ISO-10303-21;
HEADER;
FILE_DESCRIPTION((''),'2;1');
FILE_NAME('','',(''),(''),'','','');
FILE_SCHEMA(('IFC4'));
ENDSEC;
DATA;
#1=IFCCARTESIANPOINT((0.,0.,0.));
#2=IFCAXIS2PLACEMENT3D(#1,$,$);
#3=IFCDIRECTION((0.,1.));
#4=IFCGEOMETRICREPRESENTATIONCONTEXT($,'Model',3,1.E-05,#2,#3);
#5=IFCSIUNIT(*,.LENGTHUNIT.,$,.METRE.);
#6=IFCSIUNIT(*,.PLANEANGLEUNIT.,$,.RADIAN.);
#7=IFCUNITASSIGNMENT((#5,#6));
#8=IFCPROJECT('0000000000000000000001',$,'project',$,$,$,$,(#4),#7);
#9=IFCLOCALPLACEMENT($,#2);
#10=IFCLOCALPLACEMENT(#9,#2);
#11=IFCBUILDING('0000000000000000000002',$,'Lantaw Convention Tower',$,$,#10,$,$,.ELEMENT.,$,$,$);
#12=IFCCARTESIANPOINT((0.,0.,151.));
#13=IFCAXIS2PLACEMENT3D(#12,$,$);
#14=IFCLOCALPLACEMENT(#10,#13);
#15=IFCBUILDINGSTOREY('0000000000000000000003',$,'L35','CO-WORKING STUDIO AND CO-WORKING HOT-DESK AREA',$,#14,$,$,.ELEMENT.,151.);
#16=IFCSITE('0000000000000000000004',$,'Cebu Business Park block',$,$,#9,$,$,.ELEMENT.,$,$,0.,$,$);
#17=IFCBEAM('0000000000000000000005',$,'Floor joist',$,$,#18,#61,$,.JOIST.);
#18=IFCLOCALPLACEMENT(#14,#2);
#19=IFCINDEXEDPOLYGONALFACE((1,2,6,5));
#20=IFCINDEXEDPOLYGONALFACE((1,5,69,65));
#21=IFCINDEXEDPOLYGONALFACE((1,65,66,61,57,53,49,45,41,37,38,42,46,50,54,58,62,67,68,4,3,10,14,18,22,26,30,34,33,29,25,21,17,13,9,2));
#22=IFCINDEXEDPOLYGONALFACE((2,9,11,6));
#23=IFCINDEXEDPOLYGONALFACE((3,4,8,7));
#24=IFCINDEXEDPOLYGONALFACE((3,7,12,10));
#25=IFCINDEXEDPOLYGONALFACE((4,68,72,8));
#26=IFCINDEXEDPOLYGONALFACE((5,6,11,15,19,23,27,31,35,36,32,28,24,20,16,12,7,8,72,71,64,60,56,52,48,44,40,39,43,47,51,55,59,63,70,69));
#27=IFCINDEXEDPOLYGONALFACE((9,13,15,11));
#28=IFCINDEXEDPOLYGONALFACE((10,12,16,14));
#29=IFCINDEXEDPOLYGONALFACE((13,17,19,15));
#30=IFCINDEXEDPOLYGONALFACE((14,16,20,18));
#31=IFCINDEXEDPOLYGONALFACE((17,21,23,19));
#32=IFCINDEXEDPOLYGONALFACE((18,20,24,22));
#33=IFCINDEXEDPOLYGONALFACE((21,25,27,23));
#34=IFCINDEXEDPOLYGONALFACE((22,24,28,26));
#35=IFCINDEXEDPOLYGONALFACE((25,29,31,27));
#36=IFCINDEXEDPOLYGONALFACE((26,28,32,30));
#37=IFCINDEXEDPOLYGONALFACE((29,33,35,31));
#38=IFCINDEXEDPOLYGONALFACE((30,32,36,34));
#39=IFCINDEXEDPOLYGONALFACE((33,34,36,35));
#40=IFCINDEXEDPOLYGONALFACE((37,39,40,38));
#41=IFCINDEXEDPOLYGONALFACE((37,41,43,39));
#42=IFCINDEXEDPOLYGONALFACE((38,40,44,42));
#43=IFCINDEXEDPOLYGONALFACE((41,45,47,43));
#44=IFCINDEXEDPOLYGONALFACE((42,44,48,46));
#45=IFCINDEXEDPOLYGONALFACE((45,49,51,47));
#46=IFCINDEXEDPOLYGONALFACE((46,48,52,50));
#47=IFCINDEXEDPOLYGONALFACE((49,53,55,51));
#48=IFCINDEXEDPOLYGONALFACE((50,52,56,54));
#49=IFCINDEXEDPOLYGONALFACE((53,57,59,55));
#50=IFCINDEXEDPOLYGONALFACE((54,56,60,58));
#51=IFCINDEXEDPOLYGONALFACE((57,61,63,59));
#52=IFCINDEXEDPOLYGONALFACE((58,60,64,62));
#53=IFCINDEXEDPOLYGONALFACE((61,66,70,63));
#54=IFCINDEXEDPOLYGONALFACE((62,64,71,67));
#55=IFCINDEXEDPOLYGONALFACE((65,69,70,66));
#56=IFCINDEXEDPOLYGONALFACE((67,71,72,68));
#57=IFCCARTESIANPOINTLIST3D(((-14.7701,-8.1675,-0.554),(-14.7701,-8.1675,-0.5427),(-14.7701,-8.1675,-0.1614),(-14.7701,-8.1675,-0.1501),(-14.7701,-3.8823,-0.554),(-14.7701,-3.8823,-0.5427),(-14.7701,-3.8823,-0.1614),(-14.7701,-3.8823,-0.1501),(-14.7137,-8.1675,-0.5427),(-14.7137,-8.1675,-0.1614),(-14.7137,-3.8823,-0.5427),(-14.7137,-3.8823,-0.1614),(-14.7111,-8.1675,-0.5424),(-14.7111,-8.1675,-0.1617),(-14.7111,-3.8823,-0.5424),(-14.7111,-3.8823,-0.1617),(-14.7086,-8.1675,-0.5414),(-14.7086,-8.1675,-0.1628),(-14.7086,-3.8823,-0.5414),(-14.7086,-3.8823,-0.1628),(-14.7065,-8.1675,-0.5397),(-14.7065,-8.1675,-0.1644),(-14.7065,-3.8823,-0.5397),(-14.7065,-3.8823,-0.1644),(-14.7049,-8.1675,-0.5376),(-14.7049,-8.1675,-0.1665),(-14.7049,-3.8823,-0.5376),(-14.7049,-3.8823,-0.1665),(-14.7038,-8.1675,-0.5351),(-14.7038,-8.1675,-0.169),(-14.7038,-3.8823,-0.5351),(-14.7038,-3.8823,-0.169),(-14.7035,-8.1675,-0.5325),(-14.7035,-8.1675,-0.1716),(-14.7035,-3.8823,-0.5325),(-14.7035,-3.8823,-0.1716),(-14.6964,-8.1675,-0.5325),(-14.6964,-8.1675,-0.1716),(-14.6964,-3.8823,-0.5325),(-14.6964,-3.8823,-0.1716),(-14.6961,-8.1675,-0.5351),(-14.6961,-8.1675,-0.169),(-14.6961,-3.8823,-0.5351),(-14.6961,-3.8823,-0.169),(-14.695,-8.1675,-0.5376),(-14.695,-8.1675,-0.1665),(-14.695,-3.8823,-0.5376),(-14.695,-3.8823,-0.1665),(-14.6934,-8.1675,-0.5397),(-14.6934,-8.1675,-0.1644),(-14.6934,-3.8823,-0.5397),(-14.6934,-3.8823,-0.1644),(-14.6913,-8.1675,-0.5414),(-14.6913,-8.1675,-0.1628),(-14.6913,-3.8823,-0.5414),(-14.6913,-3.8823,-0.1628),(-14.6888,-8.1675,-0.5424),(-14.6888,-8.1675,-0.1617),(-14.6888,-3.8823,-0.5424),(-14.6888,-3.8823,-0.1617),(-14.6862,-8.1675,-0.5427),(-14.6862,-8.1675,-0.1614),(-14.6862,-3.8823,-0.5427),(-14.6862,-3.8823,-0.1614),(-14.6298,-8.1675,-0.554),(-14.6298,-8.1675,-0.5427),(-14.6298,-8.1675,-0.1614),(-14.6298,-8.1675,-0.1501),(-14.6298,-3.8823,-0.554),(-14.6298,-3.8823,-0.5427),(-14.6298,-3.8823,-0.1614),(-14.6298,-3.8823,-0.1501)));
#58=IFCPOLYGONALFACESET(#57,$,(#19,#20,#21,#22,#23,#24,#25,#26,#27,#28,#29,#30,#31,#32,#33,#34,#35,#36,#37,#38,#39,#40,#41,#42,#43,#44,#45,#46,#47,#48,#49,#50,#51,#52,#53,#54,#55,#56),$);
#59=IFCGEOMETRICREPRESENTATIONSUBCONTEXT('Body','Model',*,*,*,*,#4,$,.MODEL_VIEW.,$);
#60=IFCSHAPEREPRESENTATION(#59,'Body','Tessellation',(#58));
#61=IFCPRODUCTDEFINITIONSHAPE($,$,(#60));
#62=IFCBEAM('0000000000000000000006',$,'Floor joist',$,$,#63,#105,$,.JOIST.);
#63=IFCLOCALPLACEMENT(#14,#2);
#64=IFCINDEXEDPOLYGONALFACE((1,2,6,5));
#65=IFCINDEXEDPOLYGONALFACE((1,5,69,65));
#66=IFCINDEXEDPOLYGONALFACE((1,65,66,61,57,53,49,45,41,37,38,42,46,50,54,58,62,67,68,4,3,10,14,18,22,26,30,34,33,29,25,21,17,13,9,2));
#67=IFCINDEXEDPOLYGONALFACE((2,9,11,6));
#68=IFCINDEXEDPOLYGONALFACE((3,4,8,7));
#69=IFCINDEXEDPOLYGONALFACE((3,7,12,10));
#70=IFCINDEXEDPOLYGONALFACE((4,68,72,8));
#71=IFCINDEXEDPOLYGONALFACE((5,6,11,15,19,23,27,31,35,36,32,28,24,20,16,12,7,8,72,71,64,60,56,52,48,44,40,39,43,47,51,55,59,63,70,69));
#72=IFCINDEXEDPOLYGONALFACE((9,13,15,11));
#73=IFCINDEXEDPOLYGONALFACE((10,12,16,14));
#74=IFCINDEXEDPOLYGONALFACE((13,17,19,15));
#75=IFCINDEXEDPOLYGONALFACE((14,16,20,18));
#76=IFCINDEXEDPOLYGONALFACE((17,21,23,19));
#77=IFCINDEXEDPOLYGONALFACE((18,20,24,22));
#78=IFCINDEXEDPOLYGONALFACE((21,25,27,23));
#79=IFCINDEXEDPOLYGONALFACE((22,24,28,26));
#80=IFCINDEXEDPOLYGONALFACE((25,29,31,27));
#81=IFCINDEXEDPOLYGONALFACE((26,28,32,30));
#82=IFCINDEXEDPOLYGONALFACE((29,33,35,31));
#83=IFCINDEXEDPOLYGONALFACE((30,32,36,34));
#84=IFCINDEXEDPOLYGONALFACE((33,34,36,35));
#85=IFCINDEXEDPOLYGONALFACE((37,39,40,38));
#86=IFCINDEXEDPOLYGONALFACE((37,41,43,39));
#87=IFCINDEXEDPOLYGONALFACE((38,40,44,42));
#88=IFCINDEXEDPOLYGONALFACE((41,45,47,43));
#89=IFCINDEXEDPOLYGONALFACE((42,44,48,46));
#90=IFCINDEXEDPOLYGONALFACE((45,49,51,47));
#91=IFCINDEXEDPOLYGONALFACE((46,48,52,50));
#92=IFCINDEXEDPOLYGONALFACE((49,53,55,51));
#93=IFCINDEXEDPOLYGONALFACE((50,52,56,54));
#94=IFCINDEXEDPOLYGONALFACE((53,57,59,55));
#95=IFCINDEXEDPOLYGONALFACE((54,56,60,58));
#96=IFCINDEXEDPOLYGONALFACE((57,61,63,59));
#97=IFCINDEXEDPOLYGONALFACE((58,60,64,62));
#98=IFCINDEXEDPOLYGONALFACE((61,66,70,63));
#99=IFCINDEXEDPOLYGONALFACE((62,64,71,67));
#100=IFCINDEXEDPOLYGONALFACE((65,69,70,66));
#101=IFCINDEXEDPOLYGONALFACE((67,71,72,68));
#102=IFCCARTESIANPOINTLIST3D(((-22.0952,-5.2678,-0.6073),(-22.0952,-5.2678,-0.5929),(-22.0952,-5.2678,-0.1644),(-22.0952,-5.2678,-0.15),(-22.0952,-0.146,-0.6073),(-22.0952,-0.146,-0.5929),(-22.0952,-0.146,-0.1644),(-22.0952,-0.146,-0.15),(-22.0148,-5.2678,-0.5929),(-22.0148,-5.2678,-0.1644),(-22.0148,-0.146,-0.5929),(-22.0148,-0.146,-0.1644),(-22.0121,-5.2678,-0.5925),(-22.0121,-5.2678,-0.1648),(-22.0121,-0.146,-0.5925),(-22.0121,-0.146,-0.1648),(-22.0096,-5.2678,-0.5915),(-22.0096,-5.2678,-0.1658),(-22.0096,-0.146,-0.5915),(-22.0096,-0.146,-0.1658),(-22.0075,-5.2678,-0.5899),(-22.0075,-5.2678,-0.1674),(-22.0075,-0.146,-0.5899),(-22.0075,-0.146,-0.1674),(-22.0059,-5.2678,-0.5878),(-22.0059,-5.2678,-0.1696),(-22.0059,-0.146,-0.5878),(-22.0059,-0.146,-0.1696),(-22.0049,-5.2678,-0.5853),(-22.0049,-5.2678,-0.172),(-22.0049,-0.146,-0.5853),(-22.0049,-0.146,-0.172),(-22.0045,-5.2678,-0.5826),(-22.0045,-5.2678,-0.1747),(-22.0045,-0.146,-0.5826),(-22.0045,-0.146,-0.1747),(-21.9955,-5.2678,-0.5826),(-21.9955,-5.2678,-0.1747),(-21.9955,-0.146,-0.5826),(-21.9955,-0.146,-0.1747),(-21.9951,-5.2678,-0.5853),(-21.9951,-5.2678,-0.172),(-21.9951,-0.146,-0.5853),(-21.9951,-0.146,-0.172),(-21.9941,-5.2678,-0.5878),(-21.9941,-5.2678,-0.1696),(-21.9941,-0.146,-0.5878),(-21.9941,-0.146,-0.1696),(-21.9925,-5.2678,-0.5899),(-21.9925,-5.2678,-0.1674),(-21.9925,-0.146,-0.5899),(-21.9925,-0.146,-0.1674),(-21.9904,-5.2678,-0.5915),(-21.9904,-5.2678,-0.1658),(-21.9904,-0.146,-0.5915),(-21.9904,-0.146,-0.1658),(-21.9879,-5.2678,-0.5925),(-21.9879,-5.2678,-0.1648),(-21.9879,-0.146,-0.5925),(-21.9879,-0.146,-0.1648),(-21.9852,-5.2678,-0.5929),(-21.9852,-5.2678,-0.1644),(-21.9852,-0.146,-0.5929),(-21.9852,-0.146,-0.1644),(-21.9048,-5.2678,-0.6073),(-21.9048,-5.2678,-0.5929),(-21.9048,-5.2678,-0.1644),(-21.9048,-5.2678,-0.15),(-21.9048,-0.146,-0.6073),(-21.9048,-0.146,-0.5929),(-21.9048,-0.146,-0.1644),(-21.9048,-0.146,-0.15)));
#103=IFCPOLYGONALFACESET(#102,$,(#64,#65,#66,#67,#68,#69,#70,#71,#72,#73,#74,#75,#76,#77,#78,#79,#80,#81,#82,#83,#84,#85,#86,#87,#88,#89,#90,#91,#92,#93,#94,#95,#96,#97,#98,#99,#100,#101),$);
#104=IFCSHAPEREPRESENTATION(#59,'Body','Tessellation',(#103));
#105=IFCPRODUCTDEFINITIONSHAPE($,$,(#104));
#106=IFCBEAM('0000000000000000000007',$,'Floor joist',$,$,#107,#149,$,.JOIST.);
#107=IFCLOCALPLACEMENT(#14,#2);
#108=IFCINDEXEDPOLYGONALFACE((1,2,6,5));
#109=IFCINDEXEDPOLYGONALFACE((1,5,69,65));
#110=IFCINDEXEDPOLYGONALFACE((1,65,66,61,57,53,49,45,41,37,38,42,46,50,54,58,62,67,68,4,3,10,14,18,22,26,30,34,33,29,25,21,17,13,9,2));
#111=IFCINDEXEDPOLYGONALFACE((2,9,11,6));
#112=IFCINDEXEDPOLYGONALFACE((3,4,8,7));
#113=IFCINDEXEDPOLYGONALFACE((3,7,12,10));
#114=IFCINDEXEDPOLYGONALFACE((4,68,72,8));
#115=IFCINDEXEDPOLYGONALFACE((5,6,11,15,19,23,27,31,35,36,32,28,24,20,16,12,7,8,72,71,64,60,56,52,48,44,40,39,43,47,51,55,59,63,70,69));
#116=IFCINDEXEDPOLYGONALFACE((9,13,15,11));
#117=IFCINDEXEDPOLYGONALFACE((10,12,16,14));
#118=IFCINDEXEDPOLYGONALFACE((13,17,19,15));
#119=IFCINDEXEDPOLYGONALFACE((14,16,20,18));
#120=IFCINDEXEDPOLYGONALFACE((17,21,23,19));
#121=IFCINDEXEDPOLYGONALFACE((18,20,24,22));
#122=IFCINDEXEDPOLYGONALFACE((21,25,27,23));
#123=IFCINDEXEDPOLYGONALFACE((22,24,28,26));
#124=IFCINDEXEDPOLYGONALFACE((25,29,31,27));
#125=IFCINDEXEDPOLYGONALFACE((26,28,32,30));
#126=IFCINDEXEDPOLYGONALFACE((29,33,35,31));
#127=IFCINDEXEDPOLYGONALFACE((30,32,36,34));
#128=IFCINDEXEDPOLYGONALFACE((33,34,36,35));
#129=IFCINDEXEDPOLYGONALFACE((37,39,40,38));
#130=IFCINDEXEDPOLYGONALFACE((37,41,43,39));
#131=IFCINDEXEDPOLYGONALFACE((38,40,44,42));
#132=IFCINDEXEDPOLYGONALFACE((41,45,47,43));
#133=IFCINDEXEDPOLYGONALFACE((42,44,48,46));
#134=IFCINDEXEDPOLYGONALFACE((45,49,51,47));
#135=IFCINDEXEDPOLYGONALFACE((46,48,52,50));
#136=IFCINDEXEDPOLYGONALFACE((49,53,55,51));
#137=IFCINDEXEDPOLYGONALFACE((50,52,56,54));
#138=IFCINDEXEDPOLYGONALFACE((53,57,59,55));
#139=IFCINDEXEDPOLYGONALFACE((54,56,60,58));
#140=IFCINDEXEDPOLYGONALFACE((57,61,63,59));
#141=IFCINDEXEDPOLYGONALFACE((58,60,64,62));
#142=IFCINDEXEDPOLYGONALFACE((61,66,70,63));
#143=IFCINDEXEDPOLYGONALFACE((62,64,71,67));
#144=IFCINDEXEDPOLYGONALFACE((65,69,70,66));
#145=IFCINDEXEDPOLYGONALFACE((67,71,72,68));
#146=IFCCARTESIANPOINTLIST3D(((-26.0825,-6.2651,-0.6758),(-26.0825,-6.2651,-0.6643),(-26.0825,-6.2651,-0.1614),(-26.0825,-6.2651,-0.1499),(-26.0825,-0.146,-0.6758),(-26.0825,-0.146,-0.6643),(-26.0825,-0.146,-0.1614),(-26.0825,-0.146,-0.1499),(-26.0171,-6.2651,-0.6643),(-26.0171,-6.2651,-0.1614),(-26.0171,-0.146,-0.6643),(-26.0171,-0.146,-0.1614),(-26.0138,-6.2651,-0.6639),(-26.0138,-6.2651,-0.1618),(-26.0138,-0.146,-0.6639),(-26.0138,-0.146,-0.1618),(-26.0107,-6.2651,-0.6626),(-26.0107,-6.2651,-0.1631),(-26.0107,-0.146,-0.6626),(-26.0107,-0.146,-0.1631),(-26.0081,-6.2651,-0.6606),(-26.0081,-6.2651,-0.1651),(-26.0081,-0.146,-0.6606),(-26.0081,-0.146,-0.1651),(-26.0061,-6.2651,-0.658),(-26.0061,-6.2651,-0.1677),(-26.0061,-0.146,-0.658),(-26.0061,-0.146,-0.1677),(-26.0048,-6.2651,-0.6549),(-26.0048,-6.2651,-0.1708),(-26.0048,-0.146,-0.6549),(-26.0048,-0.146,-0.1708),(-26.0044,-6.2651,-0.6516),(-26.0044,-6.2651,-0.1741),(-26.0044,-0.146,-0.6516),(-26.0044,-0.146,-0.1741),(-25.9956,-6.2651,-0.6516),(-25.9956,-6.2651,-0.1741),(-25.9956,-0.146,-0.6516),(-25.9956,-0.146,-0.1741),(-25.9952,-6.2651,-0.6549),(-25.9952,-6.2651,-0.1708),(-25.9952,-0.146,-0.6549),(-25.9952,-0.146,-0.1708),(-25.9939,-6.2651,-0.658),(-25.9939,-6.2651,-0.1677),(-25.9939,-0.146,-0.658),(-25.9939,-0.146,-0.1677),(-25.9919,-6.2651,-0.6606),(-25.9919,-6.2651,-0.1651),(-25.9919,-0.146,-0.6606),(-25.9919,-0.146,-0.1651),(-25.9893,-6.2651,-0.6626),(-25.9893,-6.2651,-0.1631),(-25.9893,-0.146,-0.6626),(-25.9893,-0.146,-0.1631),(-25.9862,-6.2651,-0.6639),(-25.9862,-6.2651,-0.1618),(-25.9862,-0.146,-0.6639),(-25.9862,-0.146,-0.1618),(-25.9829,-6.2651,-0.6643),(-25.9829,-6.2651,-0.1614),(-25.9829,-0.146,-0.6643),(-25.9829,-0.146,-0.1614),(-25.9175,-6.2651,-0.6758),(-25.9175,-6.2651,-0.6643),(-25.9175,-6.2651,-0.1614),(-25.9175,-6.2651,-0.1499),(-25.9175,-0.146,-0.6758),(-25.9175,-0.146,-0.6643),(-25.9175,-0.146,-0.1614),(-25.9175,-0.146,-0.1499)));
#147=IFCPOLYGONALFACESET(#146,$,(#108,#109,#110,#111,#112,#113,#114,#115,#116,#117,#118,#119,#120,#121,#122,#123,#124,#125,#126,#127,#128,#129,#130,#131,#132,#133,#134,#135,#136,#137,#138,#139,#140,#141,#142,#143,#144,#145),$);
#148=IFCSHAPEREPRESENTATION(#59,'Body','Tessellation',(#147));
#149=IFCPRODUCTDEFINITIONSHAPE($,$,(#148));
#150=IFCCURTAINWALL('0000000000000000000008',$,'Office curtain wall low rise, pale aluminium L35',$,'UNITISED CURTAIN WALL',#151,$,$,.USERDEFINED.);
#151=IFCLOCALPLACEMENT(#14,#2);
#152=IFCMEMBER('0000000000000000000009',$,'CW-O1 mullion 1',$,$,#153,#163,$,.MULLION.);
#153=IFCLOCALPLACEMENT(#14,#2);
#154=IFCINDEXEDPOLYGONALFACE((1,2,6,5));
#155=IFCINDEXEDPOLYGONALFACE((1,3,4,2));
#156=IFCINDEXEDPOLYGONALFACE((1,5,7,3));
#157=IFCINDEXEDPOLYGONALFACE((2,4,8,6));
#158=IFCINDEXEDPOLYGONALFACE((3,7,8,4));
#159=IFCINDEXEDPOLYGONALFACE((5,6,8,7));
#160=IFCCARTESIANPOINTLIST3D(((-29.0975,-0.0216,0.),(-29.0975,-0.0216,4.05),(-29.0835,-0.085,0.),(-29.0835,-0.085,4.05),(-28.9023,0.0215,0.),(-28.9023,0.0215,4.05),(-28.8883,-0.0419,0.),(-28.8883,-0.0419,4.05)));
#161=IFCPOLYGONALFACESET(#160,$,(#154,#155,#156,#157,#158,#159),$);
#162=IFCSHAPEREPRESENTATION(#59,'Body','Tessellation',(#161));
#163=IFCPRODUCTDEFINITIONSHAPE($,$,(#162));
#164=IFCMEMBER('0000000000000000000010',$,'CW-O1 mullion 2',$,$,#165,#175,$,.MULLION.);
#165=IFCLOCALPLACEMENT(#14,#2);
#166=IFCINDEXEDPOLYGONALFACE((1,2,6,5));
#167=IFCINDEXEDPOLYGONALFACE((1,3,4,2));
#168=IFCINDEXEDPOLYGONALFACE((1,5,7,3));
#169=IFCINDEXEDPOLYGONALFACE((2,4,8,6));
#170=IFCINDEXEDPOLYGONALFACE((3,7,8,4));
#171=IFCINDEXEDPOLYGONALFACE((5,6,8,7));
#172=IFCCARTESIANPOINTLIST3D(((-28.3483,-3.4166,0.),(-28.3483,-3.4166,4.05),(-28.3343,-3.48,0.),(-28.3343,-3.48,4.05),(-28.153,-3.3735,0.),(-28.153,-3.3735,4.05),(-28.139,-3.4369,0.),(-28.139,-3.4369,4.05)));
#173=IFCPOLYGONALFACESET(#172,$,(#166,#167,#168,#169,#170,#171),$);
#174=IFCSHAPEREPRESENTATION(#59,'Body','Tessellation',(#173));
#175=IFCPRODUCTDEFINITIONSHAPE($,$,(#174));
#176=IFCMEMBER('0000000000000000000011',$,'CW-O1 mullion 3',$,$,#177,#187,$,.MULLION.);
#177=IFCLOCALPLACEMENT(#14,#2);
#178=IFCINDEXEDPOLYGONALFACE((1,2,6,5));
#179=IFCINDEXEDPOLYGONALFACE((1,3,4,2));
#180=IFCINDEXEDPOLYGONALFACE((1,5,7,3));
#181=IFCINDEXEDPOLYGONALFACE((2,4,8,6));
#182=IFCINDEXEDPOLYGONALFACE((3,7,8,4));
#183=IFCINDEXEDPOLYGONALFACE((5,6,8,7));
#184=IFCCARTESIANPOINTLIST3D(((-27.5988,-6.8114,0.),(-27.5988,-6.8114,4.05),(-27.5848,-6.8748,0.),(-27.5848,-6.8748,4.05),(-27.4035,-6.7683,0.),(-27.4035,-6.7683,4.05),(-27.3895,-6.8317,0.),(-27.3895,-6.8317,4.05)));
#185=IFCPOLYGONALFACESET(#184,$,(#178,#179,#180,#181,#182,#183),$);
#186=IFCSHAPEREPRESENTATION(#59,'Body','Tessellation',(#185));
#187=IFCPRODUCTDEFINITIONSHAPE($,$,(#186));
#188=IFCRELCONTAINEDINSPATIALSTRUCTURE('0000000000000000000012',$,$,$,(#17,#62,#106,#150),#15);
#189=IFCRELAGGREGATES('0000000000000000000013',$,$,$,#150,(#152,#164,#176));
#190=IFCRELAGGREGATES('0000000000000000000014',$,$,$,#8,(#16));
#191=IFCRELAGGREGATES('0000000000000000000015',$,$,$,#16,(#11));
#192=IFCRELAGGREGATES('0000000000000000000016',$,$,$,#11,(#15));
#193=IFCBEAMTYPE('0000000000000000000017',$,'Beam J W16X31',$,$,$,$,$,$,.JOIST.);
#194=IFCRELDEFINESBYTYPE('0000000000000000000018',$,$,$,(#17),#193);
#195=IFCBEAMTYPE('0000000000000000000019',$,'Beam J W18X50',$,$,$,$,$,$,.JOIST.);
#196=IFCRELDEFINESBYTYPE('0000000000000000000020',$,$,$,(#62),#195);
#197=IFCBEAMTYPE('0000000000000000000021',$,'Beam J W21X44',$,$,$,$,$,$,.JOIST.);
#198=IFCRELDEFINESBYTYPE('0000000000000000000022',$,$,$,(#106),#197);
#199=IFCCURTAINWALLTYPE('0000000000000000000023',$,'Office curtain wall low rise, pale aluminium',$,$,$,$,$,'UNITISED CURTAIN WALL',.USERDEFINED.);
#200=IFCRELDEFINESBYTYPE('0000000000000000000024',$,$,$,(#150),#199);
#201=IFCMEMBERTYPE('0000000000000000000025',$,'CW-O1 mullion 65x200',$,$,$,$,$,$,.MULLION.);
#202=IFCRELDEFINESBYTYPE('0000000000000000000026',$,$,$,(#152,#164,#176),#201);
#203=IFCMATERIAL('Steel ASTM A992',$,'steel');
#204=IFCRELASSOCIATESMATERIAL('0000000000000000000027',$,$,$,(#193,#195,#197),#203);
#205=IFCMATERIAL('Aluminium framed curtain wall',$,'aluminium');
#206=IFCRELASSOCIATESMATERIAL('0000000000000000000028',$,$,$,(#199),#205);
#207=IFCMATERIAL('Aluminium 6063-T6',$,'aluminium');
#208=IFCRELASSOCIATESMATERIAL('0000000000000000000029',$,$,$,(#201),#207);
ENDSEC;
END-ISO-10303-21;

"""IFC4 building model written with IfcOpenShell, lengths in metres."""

from ifc_helpers import new_model, si_unit, direction, frame, origin, origin_2d, place, context, subcontext, project, spatial, rectangle, i_section, extrude, material, material_profile, profile_set, type_object, element, aggregate, save


model = new_model("IFC4")

# Units and contexts
model_context = context("Model", 3, precision=1e-05, world=origin(), true_north=direction((0.0, 1.0)))
body_context = subcontext(model_context, "Body", "Model", "MODEL_VIEW")
ifc_project = project(units=[si_unit("LENGTHUNIT", "METRE"), si_unit("PLANEANGLEUNIT", "RADIAN")], contexts=[model_context])

# Site, building, storey
site_placement = place(None, origin())
site = spatial("IfcSite", under=ifc_project, at=site_placement, Name="Cebu Business Park block", CompositionType="ELEMENT", RefElevation=0.0)
building_placement = place(site_placement, origin())
building = spatial("IfcBuilding", under=site, at=building_placement, Name="Lantaw Convention Tower", CompositionType="ELEMENT")
storey_placement = place(building_placement, frame((0.0, 0.0, 151.0)))
storey = spatial("IfcBuildingStorey", under=building, at=storey_placement, Name="L35", Description="CO-WORKING STUDIO AND CO-WORKING HOT-DESK AREA", CompositionType="ELEMENT", Elevation=151.0)

# Beams
ifc_material_1 = material(Name="Steel ASTM A992", Category="steel")
ifc_material_profile_1 = material_profile(ifc_material_1, i_section(OverallWidth=0.1404, OverallDepth=0.4038, WebThickness=0.0071, FlangeThickness=0.0112, FilletRadius=0.0103, at=origin_2d()), Name="W16X31")
ifc_profile_set_1 = profile_set([ifc_material_profile_1], Name="Steel ASTM A992")
beam_type_1 = type_object("IfcBeamType", Name="Beam J W16X31", PredefinedType="JOIST", material=ifc_profile_set_1)
beam_1_placement = place(storey_placement, frame((-14.7, -8.1675, -0.3521), z_axis=(0.0, 1.0, 0.0), x_axis=(-1.0, 0.0, 0.0)))
element("IfcBeam", 1, at=beam_1_placement, inside=storey, type_object=beam_type_1, Name="Floor joist", PredefinedType="JOIST", context=body_context, shape_type="SweptSolid", body=[
    extrude(i_section(OverallWidth=0.1404, OverallDepth=0.4038, WebThickness=0.0071, FlangeThickness=0.0112, FilletRadius=0.0103, at=origin_2d()), origin(), (0.0, 0.0, 1.0), 4.2852),
])
ifc_material_profile_2 = material_profile(ifc_material_1, i_section(OverallWidth=0.1904, OverallDepth=0.4573, WebThickness=0.009, FlangeThickness=0.0144, FilletRadius=0.0103, at=origin_2d()), Name="W18X50")
ifc_profile_set_2 = profile_set([ifc_material_profile_2], Name="Steel ASTM A992")
beam_type_2 = type_object("IfcBeamType", Name="Beam J W18X50", PredefinedType="JOIST", material=ifc_profile_set_2)
beam_2_placement = place(storey_placement, frame((-22.0, -5.2678, -0.3787), z_axis=(0.0, 1.0, 0.0), x_axis=(-1.0, 0.0, 0.0)))
element("IfcBeam", 2, at=beam_2_placement, inside=storey, type_object=beam_type_2, Name="Floor joist", PredefinedType="JOIST", context=body_context, shape_type="SweptSolid", body=[
    extrude(i_section(OverallWidth=0.1904, OverallDepth=0.4573, WebThickness=0.009, FlangeThickness=0.0144, FilletRadius=0.0103, at=origin_2d()), origin(), (0.0, 0.0, 1.0), 5.1218),
])
ifc_material_profile_3 = material_profile(ifc_material_1, i_section(OverallWidth=0.165, OverallDepth=0.5259, WebThickness=0.0088, FlangeThickness=0.0115, FilletRadius=0.0127, at=origin_2d()), Name="W21X44")
ifc_profile_set_3 = profile_set([ifc_material_profile_3], Name="Steel ASTM A992")
beam_type_3 = type_object("IfcBeamType", Name="Beam J W21X44", PredefinedType="JOIST", material=ifc_profile_set_3)
beam_3_placement = place(storey_placement, frame((-26.0, -6.2651, -0.4128), z_axis=(0.0, 1.0, 0.0), x_axis=(-1.0, 0.0, 0.0)))
element("IfcBeam", 3, at=beam_3_placement, inside=storey, type_object=beam_type_3, Name="Floor joist", PredefinedType="JOIST", context=body_context, shape_type="SweptSolid", body=[
    extrude(i_section(OverallWidth=0.165, OverallDepth=0.5259, WebThickness=0.0088, FlangeThickness=0.0115, FilletRadius=0.0127, at=origin_2d()), origin(), (0.0, 0.0, 1.0), 6.1191),
])

# Curtain wall, members
ifc_material_2 = material(Name="Aluminium framed curtain wall", Category="aluminium")
curtain_wall_type = type_object("IfcCurtainWallType", Name="Office curtain wall low rise, pale aluminium", ElementType="UNITISED CURTAIN WALL", PredefinedType="USERDEFINED", material=ifc_material_2)
curtain_wall_1_placement = place(storey_placement, origin())
curtain_wall_1 = element("IfcCurtainWall", 4, at=curtain_wall_1_placement, inside=storey, type_object=curtain_wall_type, Name="Office curtain wall low rise, pale aluminium L35", ObjectType="UNITISED CURTAIN WALL", PredefinedType="USERDEFINED")
ifc_material_3 = material(Name="Aluminium 6063-T6", Category="aluminium")
ifc_material_profile_4 = material_profile(ifc_material_3, rectangle(XDim=0.2, YDim=0.0649, at=origin_2d()), Name="CW-O1 mullion 65x200")
ifc_profile_set_4 = profile_set([ifc_material_profile_4], Name="Aluminium 6063-T6")
member_type_1 = type_object("IfcMemberType", Name="CW-O1 mullion 65x200", PredefinedType="MULLION", material=ifc_profile_set_4)
member_1_placement = place(storey_placement, frame((-28.9929, -0.0317, 0.0), z_axis=(0.0, 0.0, 1.0), x_axis=(0.976494, 0.215546, 0.0)))
member_1 = element("IfcMember", 5, at=member_1_placement, type_object=member_type_1, Name="CW-O1 mullion 1", PredefinedType="MULLION", context=body_context, shape_type="SweptSolid", body=[
    extrude(rectangle(XDim=0.2, YDim=0.0649, at=origin_2d()), origin(), (0.0, 0.0, 1.0), 4.05),
])
member_2_placement = place(storey_placement, frame((-28.2437, -3.4268, 0.0), z_axis=(0.0, 0.0, 1.0), x_axis=(0.976494, 0.215546, 0.0)))
member_2 = element("IfcMember", 6, at=member_2_placement, type_object=member_type_1, Name="CW-O1 mullion 2", PredefinedType="MULLION", context=body_context, shape_type="SweptSolid", body=[
    extrude(rectangle(XDim=0.2, YDim=0.0649, at=origin_2d()), origin(), (0.0, 0.0, 1.0), 4.05),
])
member_3_placement = place(storey_placement, frame((-27.4941, -6.8215, 0.0), z_axis=(0.0, 0.0, 1.0), x_axis=(0.976494, 0.215546, 0.0)))
member_3 = element("IfcMember", 7, at=member_3_placement, type_object=member_type_1, Name="CW-O1 mullion 3", PredefinedType="MULLION", context=body_context, shape_type="SweptSolid", body=[
    extrude(rectangle(XDim=0.2, YDim=0.0649, at=origin_2d()), origin(), (0.0, 0.0, 1.0), 4.05),
])

aggregate(curtain_wall_1, [member_1, member_2, member_3])

save(model, "model.ifc")
